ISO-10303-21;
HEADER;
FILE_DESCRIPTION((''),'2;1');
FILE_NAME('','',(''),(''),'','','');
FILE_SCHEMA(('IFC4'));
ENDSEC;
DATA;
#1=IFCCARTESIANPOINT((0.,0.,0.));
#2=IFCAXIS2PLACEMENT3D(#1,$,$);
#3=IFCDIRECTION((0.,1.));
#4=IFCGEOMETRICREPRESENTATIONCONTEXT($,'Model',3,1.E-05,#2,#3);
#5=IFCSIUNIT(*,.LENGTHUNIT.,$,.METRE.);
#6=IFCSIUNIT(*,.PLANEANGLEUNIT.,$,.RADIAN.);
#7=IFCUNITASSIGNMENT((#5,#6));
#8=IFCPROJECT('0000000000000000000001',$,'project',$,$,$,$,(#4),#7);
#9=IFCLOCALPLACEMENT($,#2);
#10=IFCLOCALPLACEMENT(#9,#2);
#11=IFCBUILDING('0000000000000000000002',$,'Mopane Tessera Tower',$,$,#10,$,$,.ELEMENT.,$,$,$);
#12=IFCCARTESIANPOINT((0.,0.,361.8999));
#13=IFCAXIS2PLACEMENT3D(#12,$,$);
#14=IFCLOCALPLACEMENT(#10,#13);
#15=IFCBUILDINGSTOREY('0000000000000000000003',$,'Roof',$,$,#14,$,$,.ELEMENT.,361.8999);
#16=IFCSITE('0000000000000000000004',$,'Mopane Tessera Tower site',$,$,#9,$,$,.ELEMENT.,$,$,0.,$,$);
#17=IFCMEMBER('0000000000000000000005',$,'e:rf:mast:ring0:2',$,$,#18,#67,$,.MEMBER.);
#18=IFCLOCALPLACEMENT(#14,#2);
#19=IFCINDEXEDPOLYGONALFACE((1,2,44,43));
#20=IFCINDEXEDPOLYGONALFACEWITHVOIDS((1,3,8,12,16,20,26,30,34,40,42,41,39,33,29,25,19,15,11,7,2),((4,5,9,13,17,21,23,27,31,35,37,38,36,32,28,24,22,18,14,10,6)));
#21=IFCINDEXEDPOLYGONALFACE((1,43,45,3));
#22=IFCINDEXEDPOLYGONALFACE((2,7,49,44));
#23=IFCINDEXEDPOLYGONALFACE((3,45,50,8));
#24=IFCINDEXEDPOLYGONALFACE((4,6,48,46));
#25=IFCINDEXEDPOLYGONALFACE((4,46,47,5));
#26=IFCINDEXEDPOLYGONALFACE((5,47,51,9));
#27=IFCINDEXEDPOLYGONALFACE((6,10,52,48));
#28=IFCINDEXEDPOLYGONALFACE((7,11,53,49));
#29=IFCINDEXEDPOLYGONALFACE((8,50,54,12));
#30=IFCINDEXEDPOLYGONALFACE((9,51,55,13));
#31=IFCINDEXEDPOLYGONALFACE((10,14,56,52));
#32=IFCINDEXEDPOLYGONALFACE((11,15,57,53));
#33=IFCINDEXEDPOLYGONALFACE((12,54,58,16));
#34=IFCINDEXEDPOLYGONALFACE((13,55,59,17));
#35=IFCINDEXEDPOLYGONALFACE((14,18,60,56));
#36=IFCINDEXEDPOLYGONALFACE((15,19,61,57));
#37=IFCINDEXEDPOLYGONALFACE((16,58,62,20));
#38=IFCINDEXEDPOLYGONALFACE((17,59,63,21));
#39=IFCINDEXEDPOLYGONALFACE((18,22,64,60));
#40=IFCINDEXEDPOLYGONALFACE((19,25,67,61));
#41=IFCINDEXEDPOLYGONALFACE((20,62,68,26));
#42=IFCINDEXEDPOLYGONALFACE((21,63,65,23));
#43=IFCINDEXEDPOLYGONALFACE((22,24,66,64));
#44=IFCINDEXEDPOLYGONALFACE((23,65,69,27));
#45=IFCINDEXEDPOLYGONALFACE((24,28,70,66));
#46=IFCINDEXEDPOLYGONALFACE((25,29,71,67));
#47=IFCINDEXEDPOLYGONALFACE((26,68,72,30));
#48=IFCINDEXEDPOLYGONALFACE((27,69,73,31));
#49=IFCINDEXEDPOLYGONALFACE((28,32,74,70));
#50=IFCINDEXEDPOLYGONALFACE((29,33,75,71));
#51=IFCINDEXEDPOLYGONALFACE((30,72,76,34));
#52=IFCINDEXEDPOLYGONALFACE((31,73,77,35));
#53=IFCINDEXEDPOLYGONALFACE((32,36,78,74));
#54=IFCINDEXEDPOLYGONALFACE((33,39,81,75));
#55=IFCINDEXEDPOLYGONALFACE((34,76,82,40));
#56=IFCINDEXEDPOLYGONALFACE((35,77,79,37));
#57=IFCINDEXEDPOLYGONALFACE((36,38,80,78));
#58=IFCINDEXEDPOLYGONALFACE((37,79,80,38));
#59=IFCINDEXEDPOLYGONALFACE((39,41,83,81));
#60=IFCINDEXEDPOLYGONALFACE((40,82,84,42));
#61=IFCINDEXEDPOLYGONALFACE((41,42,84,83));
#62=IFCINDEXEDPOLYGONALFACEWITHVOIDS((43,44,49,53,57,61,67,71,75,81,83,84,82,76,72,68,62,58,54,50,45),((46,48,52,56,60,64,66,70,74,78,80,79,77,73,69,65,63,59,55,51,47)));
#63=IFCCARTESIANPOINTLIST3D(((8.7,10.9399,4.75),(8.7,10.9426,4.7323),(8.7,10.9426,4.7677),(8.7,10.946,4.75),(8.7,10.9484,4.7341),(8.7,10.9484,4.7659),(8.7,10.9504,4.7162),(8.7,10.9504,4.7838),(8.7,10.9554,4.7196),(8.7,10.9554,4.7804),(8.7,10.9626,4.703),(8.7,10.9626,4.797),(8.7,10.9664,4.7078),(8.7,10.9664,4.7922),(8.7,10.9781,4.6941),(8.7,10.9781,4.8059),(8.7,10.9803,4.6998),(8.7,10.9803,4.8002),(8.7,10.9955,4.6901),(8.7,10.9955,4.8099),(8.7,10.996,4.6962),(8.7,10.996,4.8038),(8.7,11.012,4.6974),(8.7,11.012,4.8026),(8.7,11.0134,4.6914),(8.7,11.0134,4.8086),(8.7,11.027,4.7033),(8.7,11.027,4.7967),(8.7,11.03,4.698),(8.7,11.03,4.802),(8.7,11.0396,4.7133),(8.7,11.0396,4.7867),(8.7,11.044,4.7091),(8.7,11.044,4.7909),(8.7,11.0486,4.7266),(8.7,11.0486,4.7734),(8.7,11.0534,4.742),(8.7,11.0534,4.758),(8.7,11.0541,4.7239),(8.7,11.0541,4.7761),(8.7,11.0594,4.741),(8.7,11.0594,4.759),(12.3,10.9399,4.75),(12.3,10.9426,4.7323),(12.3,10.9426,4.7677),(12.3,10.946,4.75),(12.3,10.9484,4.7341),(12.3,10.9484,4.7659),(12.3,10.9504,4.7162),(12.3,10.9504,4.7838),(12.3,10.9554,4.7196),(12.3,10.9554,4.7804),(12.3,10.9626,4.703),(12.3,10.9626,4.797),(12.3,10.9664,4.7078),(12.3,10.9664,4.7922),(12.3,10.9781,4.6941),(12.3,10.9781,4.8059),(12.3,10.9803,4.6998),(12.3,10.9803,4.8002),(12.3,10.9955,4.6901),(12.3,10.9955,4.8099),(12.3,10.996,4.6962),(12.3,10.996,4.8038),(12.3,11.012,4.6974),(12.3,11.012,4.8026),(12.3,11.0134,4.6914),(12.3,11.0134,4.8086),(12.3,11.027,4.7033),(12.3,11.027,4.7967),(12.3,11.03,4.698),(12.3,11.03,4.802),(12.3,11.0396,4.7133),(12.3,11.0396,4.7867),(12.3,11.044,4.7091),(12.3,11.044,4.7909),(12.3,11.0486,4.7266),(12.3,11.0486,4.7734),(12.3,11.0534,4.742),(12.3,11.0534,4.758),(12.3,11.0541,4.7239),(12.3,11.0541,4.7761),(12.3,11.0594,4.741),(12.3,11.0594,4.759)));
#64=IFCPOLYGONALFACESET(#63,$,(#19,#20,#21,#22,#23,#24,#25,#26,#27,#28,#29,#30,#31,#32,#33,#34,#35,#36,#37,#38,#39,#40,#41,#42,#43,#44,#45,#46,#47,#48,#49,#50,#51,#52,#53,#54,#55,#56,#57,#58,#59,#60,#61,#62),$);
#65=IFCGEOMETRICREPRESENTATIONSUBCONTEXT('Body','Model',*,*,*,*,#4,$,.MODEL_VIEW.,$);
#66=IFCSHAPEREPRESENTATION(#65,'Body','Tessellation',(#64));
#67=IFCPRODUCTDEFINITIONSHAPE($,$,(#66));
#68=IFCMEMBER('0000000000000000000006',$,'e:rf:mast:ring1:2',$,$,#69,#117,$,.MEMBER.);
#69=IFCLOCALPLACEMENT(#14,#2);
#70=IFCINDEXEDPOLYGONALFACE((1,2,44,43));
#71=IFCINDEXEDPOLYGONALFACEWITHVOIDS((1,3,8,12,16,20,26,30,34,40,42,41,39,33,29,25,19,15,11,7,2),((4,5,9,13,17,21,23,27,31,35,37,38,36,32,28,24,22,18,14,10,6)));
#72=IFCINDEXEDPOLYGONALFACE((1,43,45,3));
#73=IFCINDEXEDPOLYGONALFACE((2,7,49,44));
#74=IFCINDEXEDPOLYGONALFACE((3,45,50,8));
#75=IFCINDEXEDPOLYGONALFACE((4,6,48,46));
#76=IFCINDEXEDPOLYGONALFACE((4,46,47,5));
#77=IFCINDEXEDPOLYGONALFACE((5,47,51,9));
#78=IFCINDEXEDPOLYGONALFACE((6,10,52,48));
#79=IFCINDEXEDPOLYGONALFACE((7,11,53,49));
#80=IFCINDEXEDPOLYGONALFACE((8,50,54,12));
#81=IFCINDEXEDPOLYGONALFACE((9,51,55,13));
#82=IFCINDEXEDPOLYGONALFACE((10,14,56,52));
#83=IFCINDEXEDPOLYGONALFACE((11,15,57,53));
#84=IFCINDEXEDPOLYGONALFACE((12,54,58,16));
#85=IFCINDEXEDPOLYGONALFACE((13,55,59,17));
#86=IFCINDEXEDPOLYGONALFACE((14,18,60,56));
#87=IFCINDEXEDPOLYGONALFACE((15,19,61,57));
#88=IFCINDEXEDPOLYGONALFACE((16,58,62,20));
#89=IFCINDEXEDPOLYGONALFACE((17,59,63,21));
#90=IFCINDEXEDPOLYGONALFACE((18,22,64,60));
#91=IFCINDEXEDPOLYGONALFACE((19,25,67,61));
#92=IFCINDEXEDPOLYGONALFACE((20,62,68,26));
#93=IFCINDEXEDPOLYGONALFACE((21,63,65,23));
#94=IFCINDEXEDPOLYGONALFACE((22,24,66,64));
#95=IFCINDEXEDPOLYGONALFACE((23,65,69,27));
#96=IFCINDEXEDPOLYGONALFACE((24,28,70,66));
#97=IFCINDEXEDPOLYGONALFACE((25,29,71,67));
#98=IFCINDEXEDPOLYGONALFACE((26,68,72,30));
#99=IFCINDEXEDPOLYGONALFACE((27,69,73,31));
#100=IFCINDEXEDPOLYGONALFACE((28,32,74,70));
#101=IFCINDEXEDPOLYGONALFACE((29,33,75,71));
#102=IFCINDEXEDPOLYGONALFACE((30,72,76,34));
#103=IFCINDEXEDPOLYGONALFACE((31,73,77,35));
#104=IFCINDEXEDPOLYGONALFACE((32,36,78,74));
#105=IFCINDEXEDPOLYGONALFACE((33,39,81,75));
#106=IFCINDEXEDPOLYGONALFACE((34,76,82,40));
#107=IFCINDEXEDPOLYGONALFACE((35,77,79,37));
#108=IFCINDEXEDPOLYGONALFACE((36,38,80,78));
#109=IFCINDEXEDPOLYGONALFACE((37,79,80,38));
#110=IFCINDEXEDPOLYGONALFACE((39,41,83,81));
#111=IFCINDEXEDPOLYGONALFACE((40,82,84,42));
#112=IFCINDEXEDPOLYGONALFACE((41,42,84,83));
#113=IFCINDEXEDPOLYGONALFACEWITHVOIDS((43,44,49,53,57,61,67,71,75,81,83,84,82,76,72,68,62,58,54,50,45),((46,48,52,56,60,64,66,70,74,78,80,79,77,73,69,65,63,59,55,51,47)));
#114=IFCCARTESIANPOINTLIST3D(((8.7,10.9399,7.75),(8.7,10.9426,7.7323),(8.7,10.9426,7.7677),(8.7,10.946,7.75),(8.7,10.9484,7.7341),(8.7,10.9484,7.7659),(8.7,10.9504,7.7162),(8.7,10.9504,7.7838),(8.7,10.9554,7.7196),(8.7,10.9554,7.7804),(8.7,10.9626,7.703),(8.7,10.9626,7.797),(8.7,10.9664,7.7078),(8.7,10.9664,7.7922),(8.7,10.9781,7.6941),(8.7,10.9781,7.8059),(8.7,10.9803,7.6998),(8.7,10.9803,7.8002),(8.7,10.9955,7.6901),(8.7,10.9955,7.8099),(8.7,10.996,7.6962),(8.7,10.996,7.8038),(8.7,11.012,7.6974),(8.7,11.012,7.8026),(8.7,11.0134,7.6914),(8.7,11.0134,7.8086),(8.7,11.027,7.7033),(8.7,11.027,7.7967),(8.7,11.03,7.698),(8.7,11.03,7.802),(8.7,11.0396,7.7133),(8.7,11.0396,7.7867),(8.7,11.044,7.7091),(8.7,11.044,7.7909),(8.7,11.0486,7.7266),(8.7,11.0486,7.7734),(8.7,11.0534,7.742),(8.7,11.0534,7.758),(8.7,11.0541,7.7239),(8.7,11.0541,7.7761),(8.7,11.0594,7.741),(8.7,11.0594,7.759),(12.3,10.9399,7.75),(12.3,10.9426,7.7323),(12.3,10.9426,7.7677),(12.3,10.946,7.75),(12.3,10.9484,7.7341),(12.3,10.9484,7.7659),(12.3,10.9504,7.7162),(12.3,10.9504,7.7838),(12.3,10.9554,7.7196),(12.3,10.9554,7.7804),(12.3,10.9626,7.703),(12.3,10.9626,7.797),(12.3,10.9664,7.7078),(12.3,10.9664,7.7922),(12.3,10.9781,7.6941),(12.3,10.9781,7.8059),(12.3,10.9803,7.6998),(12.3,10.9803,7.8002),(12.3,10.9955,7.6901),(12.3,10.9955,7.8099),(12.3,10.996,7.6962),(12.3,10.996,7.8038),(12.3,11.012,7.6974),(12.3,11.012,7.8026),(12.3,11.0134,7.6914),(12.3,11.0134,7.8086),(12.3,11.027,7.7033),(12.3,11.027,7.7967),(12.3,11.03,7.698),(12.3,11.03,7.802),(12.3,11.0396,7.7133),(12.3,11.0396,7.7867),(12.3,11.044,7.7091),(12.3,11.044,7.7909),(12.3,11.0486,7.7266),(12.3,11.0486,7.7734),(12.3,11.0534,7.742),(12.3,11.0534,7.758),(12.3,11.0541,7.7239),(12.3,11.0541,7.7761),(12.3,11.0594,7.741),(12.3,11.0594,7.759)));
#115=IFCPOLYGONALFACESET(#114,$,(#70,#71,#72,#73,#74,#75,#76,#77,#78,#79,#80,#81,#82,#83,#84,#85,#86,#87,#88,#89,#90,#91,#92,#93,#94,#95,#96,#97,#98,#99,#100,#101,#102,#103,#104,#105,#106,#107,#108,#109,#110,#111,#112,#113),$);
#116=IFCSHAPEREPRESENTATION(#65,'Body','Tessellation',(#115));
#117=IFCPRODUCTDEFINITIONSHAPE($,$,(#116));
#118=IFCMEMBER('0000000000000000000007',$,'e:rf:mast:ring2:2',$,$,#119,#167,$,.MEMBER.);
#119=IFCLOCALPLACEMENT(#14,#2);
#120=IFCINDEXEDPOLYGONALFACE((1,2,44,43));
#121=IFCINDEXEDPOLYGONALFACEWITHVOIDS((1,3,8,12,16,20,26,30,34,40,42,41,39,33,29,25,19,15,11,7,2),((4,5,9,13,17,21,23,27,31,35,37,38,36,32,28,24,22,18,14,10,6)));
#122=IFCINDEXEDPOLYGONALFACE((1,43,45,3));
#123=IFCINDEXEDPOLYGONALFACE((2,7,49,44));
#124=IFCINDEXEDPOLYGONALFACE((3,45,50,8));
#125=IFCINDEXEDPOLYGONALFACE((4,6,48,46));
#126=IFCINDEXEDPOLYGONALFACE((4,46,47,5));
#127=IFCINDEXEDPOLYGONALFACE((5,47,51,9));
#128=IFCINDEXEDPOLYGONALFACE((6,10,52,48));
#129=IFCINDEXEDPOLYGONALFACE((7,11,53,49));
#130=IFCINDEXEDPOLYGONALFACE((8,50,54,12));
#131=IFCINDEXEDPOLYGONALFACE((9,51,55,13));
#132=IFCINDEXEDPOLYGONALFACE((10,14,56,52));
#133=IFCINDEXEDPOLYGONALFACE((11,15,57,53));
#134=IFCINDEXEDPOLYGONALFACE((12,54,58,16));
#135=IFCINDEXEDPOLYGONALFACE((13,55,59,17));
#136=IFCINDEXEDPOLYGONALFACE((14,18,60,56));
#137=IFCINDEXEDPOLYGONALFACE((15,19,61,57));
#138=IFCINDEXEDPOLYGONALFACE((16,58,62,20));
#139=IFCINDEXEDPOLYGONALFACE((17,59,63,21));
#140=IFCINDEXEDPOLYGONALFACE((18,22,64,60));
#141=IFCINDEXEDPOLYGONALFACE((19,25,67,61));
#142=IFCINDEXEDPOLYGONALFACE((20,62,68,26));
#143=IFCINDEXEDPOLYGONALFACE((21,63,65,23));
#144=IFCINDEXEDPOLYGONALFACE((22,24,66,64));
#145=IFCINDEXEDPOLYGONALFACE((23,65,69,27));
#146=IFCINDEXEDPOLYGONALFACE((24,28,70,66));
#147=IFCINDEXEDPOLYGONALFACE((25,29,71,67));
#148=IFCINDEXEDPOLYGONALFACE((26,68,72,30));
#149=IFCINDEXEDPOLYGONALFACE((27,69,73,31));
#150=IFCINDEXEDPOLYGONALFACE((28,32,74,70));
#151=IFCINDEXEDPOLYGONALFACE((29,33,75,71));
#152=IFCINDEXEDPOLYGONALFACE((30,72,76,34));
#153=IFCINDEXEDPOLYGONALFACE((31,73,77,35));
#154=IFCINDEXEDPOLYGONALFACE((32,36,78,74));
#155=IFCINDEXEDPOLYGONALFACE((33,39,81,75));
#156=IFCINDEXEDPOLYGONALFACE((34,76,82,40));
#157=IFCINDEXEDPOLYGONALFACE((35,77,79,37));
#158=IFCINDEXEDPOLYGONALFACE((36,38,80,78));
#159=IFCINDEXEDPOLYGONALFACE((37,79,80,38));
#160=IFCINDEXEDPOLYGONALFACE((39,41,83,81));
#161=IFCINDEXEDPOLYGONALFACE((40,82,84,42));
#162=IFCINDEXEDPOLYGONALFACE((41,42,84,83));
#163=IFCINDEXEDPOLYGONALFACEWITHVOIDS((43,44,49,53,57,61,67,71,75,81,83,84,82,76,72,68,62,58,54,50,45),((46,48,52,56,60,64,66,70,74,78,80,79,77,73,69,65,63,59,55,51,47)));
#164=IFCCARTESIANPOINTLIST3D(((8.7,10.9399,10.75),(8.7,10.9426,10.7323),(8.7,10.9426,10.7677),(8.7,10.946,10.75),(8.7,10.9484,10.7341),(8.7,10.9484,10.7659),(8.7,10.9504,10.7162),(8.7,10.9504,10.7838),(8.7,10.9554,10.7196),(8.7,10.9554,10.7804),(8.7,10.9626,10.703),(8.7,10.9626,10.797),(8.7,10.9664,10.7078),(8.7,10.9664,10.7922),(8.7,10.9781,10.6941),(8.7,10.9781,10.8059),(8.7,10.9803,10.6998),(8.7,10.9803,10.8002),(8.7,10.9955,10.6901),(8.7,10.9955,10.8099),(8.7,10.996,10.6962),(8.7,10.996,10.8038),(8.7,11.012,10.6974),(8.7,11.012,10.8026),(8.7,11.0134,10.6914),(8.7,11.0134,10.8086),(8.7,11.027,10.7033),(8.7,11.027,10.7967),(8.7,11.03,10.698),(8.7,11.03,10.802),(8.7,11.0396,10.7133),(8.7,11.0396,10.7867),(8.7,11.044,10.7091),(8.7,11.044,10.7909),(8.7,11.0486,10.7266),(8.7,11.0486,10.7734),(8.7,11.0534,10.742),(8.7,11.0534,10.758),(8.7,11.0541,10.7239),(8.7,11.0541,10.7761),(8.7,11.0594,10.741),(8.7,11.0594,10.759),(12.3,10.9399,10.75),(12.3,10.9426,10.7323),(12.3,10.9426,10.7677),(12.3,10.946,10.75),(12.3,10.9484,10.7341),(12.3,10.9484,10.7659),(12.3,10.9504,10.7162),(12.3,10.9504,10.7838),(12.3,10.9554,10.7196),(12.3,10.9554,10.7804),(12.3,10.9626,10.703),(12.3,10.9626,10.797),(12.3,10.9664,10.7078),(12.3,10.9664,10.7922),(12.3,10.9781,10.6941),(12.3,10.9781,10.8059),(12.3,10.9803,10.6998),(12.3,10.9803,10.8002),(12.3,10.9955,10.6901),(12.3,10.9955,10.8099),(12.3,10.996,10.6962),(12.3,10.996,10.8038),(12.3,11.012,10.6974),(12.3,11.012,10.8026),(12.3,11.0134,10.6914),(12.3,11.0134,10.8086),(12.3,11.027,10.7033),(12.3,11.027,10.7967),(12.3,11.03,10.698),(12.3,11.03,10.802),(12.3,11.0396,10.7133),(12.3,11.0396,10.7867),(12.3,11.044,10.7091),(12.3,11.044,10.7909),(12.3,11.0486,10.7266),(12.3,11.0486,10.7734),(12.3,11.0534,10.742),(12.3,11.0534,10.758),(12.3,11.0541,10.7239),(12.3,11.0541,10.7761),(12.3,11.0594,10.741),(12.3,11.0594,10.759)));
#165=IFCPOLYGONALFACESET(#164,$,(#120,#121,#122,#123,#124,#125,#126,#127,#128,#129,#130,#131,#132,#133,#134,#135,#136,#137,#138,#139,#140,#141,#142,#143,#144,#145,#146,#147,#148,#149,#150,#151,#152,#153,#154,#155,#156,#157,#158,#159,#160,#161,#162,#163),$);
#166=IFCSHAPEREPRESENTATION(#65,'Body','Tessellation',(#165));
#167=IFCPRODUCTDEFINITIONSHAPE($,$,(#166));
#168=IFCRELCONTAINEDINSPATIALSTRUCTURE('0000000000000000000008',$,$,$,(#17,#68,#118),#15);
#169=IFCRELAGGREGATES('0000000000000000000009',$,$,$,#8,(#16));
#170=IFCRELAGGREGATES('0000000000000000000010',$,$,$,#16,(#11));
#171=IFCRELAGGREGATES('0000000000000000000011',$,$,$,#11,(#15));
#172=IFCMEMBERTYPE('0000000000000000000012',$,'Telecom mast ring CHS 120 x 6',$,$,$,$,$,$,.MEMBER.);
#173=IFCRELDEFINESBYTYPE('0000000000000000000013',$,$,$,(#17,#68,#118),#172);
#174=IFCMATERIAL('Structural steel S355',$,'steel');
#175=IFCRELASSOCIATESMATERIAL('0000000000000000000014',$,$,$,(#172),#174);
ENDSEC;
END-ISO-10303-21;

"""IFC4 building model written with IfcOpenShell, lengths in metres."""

from ifc_helpers import new_model, si_unit, direction, frame, origin, origin_2d, place, context, subcontext, project, spatial, hollow_circle, extrude, material, material_profile, profile_set, type_object, element, save


model = new_model("IFC4")

# Units and contexts
model_context = context("Model", 3, precision=1e-05, world=origin(), true_north=direction((0.0, 1.0)))
body_context = subcontext(model_context, "Body", "Model", "MODEL_VIEW")
ifc_project = project(units=[si_unit("LENGTHUNIT", "METRE"), si_unit("PLANEANGLEUNIT", "RADIAN")], contexts=[model_context])

# Site, building, storey
site_placement = place(None, origin())
site = spatial("IfcSite", under=ifc_project, at=site_placement, Name="Mopane Tessera Tower site", CompositionType="ELEMENT", RefElevation=0.0)
building_placement = place(site_placement, origin())
building = spatial("IfcBuilding", under=site, at=building_placement, Name="Mopane Tessera Tower", CompositionType="ELEMENT")
storey_placement = place(building_placement, frame((0.0, 0.0, 361.8999)))
storey = spatial("IfcBuildingStorey", under=building, at=storey_placement, Name="Roof", CompositionType="ELEMENT", Elevation=361.8999)

# Members
ifc_material_1 = material(Name="Structural steel S355", Category="steel")
ifc_material_profile_1 = material_profile(ifc_material_1, hollow_circle(Radius=0.0601, WallThickness=0.0061, at=origin_2d()))
ifc_profile_set_1 = profile_set([ifc_material_profile_1], Name="Structural steel S355")
member_type_1 = type_object("IfcMemberType", Name="Telecom mast ring CHS 120 x 6", PredefinedType="MEMBER", material=ifc_profile_set_1)
for number, where, z_axis, x_axis, name in (
    (1, (12.3, 11.0, 4.75), (-1.0, 0.0, 0.0), (0.0, -1.0, 0.0), "e:rf:mast:ring0:2"),
    (2, (12.3, 11.0, 7.75), (-1.0, 0.0, 0.0), (0.0, -1.0, 0.0), "e:rf:mast:ring1:2"),
    (3, (12.3, 11.0, 10.75), (-1.0, 0.0, 0.0), (0.0, -1.0, 0.0), "e:rf:mast:ring2:2"),
):
    element("IfcMember", number, at=place(storey_placement, frame(where, z_axis=z_axis, x_axis=x_axis)), inside=storey, type_object=member_type_1, Name=name, PredefinedType="MEMBER", context=body_context, shape_type="SweptSolid", body=[
        extrude(hollow_circle(Radius=0.0601, WallThickness=0.0061, at=origin_2d()), origin(), (0.0, 0.0, 1.0), 3.6001),
    ])

save(model, "model.ifc")
